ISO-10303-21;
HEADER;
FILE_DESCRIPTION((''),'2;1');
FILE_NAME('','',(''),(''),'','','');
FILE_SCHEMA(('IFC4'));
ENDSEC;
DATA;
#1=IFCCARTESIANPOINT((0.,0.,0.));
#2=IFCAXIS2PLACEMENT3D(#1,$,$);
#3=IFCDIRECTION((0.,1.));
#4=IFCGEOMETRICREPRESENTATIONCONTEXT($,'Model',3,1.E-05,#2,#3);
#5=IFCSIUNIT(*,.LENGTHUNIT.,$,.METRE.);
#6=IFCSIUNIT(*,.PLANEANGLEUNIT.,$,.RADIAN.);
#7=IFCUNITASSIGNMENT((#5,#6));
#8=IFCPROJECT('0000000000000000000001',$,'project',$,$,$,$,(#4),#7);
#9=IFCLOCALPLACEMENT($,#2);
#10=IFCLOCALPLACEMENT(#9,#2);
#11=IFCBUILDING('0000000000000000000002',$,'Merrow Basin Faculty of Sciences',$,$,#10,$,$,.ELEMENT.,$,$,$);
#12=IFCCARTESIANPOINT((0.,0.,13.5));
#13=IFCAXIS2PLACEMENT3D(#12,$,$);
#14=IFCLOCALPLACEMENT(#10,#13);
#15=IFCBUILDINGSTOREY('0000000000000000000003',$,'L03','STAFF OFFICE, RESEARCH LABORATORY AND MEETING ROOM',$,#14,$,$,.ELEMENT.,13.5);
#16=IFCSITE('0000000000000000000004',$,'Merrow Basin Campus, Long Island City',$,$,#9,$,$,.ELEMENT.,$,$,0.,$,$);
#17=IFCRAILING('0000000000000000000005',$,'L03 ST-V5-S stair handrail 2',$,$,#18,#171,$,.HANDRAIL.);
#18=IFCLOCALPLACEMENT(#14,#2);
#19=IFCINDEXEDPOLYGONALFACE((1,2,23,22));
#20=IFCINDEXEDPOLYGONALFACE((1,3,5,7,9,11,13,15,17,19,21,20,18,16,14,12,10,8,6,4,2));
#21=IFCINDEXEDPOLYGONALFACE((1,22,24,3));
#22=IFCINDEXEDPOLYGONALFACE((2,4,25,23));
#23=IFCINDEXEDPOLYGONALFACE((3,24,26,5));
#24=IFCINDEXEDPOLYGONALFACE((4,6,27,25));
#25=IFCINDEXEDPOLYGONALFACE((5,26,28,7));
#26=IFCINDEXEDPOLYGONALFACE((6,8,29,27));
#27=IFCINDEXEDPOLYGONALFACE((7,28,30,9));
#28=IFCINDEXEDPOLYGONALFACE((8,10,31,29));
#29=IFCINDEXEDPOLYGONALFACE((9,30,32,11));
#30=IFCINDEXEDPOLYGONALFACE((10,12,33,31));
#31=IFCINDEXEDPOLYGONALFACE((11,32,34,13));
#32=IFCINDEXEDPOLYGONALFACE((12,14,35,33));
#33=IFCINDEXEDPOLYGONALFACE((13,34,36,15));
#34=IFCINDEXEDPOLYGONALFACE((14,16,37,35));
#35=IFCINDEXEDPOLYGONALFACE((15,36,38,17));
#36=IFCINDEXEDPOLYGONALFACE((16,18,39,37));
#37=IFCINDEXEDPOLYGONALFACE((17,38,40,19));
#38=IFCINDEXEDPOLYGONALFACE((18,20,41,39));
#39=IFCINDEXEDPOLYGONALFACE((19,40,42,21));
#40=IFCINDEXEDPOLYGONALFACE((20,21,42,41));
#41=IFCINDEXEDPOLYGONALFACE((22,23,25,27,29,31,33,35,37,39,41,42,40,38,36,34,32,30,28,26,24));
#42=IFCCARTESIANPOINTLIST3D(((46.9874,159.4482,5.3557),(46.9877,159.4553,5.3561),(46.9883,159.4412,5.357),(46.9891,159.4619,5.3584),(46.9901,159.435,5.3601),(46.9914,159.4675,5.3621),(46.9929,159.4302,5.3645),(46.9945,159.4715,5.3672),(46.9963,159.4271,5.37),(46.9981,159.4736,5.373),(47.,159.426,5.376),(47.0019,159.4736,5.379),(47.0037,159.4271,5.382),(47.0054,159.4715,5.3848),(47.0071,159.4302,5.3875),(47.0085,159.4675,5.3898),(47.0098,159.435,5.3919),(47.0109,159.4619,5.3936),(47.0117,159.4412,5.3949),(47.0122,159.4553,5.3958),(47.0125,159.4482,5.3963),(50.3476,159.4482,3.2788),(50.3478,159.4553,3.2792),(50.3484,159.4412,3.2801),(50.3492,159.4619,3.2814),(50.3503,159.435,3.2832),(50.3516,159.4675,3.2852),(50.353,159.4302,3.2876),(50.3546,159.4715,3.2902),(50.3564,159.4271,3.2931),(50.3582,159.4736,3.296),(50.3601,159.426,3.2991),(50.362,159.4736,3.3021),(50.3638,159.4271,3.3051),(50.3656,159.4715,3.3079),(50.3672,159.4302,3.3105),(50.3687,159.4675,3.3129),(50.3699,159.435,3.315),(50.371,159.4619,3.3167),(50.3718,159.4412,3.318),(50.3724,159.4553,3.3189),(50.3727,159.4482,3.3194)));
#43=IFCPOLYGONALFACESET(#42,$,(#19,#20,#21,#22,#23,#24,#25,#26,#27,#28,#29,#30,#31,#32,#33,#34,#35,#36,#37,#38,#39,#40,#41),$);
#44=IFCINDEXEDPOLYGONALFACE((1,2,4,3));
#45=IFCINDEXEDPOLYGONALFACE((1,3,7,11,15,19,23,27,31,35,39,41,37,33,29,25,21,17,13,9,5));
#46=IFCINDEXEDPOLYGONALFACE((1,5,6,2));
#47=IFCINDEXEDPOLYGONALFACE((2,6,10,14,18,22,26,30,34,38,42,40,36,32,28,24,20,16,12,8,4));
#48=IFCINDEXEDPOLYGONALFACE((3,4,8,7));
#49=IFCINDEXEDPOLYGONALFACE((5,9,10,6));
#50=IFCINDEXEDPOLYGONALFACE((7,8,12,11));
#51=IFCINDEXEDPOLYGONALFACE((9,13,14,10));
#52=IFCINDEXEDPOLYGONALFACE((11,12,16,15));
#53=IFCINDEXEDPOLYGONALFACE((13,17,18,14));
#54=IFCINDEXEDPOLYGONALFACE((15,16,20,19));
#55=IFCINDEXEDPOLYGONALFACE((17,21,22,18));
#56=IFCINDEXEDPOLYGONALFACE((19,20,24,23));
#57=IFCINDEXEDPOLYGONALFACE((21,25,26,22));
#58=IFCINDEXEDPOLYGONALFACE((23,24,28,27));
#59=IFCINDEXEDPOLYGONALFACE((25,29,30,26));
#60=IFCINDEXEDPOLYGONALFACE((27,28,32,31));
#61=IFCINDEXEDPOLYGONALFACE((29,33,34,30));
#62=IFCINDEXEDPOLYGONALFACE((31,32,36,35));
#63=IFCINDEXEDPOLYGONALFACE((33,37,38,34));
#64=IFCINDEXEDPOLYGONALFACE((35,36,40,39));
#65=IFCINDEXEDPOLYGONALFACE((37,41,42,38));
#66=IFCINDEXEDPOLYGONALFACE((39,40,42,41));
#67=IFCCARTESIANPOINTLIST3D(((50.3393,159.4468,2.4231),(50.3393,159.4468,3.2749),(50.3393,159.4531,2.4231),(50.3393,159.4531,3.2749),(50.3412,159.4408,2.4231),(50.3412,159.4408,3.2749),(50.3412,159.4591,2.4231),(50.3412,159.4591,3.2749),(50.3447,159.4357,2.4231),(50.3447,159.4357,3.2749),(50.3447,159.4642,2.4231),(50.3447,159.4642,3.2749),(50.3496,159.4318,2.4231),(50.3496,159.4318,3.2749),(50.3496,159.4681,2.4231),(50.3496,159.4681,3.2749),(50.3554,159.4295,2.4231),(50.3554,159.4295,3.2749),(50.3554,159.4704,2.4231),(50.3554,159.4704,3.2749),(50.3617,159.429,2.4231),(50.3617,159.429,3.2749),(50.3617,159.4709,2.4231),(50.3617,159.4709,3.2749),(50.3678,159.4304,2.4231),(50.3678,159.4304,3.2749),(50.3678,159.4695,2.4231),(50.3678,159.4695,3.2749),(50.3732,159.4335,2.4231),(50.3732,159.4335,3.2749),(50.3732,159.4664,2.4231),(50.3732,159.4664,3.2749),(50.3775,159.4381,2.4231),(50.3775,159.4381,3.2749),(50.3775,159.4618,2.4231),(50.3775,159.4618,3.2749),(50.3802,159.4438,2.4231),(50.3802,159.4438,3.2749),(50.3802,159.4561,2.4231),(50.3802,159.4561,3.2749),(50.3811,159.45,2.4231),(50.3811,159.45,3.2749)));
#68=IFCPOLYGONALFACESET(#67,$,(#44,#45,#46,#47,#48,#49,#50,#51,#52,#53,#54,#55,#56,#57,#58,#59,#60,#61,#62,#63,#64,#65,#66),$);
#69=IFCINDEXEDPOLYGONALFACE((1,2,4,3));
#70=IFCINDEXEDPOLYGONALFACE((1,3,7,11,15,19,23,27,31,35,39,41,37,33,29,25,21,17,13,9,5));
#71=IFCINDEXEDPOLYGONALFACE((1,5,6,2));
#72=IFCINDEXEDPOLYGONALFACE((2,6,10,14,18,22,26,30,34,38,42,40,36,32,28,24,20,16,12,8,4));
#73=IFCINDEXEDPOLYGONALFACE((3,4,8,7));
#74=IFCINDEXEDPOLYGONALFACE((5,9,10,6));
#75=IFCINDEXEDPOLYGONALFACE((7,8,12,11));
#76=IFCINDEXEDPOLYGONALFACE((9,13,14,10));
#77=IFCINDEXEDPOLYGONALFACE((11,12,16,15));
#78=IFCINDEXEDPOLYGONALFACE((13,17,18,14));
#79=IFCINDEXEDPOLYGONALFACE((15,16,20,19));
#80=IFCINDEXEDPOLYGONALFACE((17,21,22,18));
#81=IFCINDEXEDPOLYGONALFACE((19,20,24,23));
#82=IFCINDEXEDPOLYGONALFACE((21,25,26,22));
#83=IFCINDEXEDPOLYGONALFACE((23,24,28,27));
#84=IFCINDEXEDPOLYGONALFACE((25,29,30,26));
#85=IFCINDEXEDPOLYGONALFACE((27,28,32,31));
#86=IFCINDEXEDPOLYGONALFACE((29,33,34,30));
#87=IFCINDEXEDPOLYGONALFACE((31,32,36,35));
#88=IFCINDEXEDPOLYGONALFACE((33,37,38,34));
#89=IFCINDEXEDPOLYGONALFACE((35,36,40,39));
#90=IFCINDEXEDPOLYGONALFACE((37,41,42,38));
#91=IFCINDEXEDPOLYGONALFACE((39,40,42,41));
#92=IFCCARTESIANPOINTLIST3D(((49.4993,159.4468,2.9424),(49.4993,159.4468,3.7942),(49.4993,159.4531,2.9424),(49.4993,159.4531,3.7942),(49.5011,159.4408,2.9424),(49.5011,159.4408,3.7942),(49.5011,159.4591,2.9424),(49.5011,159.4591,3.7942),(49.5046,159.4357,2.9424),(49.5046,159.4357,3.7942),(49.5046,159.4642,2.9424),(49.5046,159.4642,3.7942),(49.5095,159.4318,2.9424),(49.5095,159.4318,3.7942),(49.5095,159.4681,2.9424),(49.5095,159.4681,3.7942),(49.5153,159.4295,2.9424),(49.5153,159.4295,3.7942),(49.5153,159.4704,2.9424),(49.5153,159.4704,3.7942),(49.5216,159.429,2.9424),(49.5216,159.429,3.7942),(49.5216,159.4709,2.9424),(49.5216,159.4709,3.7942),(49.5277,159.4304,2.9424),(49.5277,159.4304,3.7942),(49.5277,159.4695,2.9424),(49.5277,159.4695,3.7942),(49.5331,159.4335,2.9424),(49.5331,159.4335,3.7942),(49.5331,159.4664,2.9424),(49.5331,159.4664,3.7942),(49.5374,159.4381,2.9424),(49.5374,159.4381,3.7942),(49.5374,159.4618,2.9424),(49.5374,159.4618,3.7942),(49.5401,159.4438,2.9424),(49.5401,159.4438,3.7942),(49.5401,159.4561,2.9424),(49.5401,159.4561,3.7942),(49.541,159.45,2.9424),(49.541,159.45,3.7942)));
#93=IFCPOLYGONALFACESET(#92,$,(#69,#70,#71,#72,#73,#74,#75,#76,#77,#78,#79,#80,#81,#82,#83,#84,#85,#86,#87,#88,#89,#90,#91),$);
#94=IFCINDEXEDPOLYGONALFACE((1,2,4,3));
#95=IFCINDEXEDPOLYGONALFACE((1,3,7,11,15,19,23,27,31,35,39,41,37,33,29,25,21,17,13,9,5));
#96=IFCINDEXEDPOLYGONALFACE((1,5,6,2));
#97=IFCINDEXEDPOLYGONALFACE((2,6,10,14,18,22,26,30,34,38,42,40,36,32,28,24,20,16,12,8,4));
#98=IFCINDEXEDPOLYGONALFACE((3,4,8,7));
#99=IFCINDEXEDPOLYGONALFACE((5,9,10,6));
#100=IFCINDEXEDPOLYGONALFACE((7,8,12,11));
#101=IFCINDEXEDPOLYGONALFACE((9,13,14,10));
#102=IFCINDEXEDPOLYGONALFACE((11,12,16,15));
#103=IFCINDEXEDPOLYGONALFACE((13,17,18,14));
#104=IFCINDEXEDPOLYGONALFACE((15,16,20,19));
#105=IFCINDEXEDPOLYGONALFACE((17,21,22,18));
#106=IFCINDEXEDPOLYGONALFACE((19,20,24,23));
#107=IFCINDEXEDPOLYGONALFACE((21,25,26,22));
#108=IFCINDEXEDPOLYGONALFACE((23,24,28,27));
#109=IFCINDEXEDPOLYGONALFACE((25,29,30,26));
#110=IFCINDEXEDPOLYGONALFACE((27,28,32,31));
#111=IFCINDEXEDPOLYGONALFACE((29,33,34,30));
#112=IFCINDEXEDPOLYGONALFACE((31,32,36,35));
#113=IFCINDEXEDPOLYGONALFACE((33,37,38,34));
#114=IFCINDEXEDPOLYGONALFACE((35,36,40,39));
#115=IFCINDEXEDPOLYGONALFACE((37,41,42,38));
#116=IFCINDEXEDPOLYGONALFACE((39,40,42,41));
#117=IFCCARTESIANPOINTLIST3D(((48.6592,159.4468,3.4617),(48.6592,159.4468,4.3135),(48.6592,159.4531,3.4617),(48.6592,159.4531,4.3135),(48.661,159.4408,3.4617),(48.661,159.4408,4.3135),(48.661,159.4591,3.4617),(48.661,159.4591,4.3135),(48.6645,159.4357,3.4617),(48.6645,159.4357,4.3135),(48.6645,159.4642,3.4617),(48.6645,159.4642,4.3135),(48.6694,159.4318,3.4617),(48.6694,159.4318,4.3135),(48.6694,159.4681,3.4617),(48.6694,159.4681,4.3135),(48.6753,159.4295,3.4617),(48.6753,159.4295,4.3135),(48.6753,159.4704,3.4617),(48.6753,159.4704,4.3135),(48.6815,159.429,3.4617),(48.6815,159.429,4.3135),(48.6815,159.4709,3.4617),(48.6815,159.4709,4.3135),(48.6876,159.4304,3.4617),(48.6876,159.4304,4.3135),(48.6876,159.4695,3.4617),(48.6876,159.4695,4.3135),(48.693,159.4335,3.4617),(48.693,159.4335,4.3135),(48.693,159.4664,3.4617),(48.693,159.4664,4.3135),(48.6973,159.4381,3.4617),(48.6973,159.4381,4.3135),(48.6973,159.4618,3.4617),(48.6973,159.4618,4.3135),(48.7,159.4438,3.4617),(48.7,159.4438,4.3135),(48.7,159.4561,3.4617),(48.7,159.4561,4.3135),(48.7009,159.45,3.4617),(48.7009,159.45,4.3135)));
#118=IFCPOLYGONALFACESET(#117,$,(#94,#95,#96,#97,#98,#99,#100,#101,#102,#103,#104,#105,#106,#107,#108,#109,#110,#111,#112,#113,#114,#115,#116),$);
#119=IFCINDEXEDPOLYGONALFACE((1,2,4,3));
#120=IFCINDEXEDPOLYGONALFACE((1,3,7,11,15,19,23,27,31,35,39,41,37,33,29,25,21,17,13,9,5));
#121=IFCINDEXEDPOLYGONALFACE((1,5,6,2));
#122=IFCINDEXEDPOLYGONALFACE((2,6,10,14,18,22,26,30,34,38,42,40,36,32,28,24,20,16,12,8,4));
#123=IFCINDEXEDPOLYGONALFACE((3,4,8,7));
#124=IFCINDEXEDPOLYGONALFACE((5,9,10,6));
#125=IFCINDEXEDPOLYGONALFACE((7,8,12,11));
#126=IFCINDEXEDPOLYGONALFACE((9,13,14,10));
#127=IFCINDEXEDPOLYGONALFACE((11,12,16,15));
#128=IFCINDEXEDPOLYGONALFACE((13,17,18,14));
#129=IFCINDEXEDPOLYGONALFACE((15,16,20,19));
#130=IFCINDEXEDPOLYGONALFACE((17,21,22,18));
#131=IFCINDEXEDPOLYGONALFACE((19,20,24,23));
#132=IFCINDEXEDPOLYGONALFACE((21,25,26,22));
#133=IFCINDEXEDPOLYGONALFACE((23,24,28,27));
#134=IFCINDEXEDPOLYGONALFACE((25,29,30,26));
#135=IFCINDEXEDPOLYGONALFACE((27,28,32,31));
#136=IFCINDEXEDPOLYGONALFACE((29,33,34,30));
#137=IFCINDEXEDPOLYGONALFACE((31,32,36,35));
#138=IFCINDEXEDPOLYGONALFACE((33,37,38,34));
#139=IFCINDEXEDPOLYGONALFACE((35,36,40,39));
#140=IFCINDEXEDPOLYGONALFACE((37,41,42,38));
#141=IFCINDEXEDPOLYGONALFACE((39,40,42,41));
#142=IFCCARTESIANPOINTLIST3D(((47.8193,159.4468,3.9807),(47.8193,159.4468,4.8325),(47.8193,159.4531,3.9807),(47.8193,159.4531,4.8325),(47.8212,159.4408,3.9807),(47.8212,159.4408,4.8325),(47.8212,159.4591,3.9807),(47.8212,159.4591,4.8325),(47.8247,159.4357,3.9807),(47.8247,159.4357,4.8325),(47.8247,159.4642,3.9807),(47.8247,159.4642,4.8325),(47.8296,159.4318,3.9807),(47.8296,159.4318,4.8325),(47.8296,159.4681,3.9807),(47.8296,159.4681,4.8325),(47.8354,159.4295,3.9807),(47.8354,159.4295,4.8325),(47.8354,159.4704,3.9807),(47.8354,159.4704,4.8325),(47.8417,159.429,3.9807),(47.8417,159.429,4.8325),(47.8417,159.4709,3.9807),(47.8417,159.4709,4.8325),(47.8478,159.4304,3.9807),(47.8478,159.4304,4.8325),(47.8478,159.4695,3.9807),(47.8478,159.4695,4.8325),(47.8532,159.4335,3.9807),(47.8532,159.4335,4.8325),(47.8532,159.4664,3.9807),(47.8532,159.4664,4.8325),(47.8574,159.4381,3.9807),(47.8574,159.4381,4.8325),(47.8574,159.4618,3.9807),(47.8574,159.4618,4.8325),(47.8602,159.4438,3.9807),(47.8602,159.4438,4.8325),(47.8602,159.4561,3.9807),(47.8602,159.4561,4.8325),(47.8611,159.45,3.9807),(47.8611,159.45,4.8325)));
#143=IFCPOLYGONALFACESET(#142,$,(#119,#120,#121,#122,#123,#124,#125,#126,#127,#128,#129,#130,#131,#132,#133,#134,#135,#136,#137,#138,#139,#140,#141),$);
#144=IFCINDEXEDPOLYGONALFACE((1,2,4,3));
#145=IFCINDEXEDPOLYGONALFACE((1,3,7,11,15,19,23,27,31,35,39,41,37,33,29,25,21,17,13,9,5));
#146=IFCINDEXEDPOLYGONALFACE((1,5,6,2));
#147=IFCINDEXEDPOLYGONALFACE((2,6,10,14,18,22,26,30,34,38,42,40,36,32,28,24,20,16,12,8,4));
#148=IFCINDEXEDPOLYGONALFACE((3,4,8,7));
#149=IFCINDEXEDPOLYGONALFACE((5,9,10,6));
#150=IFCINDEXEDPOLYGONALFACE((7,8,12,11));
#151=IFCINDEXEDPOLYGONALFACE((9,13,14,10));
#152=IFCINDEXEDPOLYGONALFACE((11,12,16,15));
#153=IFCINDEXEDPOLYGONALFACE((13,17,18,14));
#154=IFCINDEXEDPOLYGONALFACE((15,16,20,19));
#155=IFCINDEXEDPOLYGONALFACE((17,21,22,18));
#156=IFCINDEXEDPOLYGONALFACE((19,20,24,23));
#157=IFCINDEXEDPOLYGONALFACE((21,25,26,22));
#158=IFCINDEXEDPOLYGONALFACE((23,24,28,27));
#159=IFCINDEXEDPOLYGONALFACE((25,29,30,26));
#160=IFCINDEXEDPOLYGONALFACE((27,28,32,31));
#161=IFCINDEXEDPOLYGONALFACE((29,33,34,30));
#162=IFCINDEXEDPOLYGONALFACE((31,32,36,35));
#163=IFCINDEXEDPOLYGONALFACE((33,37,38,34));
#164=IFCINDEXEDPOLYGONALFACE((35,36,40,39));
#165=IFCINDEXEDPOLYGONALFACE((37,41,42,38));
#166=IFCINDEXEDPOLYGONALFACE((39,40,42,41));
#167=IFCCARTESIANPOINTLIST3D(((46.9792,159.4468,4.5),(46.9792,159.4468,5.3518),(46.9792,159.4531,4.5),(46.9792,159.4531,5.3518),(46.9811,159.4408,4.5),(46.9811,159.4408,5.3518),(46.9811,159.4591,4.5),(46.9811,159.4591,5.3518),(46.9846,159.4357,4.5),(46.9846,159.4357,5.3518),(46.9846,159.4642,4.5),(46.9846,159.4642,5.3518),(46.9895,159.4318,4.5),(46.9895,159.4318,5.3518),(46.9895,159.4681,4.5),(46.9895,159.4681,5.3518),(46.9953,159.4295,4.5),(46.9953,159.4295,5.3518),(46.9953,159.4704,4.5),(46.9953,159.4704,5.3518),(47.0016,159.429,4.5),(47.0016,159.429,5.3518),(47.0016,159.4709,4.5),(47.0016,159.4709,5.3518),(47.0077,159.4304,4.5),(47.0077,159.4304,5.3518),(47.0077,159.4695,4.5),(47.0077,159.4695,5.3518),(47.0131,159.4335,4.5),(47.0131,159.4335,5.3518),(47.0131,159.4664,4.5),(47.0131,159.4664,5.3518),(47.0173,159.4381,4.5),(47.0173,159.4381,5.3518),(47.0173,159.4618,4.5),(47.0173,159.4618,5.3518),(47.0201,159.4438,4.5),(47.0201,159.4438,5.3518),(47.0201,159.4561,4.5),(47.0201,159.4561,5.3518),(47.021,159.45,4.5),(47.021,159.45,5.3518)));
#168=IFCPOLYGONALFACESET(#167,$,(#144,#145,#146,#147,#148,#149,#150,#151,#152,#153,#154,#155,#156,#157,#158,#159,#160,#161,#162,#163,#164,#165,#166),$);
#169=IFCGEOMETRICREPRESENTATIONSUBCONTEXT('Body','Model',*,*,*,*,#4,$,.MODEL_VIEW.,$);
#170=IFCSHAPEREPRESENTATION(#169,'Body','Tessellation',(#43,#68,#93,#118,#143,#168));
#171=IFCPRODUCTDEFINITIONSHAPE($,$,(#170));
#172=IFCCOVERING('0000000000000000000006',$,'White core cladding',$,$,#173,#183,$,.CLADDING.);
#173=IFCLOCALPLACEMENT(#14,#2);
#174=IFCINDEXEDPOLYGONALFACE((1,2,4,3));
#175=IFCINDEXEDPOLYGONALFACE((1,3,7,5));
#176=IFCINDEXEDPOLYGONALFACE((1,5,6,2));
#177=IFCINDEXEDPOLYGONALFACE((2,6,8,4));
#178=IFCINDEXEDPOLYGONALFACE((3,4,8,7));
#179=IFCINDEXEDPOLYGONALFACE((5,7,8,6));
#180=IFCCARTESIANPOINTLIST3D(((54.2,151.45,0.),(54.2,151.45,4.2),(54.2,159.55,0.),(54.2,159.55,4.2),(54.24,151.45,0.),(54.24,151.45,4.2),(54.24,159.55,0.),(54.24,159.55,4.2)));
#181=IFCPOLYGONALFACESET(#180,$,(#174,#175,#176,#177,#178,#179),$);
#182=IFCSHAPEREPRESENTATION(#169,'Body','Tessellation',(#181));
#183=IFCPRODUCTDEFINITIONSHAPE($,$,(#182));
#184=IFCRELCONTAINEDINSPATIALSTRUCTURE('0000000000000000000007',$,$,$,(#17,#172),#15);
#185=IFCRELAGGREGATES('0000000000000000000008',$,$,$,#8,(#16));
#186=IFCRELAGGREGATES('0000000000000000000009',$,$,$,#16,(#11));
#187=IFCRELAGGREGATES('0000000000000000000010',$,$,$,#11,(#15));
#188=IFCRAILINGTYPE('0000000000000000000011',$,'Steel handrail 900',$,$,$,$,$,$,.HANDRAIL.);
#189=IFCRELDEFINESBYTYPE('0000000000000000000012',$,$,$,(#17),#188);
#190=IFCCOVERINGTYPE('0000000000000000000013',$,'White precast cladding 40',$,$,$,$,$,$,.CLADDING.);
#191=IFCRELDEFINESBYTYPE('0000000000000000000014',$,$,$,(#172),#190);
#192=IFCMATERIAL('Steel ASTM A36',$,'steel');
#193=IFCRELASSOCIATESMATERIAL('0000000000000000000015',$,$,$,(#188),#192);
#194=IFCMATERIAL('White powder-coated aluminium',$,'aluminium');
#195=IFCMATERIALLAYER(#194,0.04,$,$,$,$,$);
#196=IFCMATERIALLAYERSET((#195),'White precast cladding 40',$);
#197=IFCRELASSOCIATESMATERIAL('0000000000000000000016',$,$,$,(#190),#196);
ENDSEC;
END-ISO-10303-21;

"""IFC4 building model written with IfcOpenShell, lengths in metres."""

from ifc_helpers import new_model, si_unit, direction, frame, origin, origin_2d, place, context, subcontext, project, spatial, rectangle, circle, extrude, material, layer, layer_set, type_object, element, save


model = new_model("IFC4")

# Units and contexts
model_context = context("Model", 3, precision=1e-05, world=origin(), true_north=direction((0.0, 1.0)))
body_context = subcontext(model_context, "Body", "Model", "MODEL_VIEW")
ifc_project = project(units=[si_unit("LENGTHUNIT", "METRE"), si_unit("PLANEANGLEUNIT", "RADIAN")], contexts=[model_context])

# Site, building, storey
site_placement = place(None, origin())
site = spatial("IfcSite", under=ifc_project, at=site_placement, Name="Merrow Basin Campus, Long Island City", CompositionType="ELEMENT", RefElevation=0.0)
building_placement = place(site_placement, origin())
building = spatial("IfcBuilding", under=site, at=building_placement, Name="Merrow Basin Faculty of Sciences", CompositionType="ELEMENT")
storey_placement = place(building_placement, frame((0.0, 0.0, 13.5)))
storey = spatial("IfcBuildingStorey", under=building, at=storey_placement, Name="L03", Description="STAFF OFFICE, RESEARCH LABORATORY AND MEETING ROOM", CompositionType="ELEMENT", Elevation=13.5)

# Railing
ifc_material_1 = material(Name="Steel ASTM A36", Category="steel")
railing_type_1 = type_object("IfcRailingType", Name="Steel handrail 900", PredefinedType="HANDRAIL", material=ifc_material_1)
railing_1_placement = place(storey_placement, frame((50.3601, 159.45, 2.4231)))
element("IfcRailing", 1, at=railing_1_placement, inside=storey, type_object=railing_type_1, Name="L03 ST-V5-S stair handrail 2", PredefinedType="HANDRAIL", context=body_context, shape_type="SweptSolid", body=[
    extrude(circle(Radius=0.0239, at=origin_2d()), frame((0.0, 0.0, 0.876), z_axis=(-0.850623, 0.0, 0.525776), x_axis=(0.0, -1.0, 0.0)), (0.0, 0.0, 1.0), 3.9502),
    extrude(circle(Radius=0.021, at=origin_2d()), origin(), (0.0, 0.0, 1.0), 0.8518),
    extrude(circle(Radius=0.021, at=origin_2d()), frame((-0.8401, 0.0, 0.5193)), (0.0, 0.0, 1.0), 0.8518),
    extrude(circle(Radius=0.021, at=origin_2d()), frame((-1.6802, 0.0, 1.0386)), (0.0, 0.0, 1.0), 0.8518),
    extrude(circle(Radius=0.021, at=origin_2d()), frame((-2.52, 0.0, 1.5576)), (0.0, 0.0, 1.0), 0.8518),
    extrude(circle(Radius=0.021, at=origin_2d()), frame((-3.3601, 0.0, 2.0769)), (0.0, 0.0, 1.0), 0.8518),
])

# Covering
ifc_material_2 = material(Name="White powder-coated aluminium", Category="aluminium")
ifc_layer_1 = layer(ifc_material_2, 0.04)
ifc_layer_set_1 = layer_set([ifc_layer_1], Name="White precast cladding 40")
covering_type = type_object("IfcCoveringType", Name="White precast cladding 40", PredefinedType="CLADDING", material=ifc_layer_set_1)
covering_placement = place(storey_placement, frame((54.22, 155.5, 0.0), z_axis=(0.0, 0.0, 1.0), x_axis=(1.0, 0.0, 0.0)))
element("IfcCovering", 2, at=covering_placement, inside=storey, type_object=covering_type, Name="White core cladding", PredefinedType="CLADDING", context=body_context, shape_type="SweptSolid", body=[
    extrude(rectangle(XDim=0.04, YDim=8.1001, at=origin_2d()), origin(), (0.0, 0.0, 1.0), 4.2),
])

save(model, "model.ifc")
